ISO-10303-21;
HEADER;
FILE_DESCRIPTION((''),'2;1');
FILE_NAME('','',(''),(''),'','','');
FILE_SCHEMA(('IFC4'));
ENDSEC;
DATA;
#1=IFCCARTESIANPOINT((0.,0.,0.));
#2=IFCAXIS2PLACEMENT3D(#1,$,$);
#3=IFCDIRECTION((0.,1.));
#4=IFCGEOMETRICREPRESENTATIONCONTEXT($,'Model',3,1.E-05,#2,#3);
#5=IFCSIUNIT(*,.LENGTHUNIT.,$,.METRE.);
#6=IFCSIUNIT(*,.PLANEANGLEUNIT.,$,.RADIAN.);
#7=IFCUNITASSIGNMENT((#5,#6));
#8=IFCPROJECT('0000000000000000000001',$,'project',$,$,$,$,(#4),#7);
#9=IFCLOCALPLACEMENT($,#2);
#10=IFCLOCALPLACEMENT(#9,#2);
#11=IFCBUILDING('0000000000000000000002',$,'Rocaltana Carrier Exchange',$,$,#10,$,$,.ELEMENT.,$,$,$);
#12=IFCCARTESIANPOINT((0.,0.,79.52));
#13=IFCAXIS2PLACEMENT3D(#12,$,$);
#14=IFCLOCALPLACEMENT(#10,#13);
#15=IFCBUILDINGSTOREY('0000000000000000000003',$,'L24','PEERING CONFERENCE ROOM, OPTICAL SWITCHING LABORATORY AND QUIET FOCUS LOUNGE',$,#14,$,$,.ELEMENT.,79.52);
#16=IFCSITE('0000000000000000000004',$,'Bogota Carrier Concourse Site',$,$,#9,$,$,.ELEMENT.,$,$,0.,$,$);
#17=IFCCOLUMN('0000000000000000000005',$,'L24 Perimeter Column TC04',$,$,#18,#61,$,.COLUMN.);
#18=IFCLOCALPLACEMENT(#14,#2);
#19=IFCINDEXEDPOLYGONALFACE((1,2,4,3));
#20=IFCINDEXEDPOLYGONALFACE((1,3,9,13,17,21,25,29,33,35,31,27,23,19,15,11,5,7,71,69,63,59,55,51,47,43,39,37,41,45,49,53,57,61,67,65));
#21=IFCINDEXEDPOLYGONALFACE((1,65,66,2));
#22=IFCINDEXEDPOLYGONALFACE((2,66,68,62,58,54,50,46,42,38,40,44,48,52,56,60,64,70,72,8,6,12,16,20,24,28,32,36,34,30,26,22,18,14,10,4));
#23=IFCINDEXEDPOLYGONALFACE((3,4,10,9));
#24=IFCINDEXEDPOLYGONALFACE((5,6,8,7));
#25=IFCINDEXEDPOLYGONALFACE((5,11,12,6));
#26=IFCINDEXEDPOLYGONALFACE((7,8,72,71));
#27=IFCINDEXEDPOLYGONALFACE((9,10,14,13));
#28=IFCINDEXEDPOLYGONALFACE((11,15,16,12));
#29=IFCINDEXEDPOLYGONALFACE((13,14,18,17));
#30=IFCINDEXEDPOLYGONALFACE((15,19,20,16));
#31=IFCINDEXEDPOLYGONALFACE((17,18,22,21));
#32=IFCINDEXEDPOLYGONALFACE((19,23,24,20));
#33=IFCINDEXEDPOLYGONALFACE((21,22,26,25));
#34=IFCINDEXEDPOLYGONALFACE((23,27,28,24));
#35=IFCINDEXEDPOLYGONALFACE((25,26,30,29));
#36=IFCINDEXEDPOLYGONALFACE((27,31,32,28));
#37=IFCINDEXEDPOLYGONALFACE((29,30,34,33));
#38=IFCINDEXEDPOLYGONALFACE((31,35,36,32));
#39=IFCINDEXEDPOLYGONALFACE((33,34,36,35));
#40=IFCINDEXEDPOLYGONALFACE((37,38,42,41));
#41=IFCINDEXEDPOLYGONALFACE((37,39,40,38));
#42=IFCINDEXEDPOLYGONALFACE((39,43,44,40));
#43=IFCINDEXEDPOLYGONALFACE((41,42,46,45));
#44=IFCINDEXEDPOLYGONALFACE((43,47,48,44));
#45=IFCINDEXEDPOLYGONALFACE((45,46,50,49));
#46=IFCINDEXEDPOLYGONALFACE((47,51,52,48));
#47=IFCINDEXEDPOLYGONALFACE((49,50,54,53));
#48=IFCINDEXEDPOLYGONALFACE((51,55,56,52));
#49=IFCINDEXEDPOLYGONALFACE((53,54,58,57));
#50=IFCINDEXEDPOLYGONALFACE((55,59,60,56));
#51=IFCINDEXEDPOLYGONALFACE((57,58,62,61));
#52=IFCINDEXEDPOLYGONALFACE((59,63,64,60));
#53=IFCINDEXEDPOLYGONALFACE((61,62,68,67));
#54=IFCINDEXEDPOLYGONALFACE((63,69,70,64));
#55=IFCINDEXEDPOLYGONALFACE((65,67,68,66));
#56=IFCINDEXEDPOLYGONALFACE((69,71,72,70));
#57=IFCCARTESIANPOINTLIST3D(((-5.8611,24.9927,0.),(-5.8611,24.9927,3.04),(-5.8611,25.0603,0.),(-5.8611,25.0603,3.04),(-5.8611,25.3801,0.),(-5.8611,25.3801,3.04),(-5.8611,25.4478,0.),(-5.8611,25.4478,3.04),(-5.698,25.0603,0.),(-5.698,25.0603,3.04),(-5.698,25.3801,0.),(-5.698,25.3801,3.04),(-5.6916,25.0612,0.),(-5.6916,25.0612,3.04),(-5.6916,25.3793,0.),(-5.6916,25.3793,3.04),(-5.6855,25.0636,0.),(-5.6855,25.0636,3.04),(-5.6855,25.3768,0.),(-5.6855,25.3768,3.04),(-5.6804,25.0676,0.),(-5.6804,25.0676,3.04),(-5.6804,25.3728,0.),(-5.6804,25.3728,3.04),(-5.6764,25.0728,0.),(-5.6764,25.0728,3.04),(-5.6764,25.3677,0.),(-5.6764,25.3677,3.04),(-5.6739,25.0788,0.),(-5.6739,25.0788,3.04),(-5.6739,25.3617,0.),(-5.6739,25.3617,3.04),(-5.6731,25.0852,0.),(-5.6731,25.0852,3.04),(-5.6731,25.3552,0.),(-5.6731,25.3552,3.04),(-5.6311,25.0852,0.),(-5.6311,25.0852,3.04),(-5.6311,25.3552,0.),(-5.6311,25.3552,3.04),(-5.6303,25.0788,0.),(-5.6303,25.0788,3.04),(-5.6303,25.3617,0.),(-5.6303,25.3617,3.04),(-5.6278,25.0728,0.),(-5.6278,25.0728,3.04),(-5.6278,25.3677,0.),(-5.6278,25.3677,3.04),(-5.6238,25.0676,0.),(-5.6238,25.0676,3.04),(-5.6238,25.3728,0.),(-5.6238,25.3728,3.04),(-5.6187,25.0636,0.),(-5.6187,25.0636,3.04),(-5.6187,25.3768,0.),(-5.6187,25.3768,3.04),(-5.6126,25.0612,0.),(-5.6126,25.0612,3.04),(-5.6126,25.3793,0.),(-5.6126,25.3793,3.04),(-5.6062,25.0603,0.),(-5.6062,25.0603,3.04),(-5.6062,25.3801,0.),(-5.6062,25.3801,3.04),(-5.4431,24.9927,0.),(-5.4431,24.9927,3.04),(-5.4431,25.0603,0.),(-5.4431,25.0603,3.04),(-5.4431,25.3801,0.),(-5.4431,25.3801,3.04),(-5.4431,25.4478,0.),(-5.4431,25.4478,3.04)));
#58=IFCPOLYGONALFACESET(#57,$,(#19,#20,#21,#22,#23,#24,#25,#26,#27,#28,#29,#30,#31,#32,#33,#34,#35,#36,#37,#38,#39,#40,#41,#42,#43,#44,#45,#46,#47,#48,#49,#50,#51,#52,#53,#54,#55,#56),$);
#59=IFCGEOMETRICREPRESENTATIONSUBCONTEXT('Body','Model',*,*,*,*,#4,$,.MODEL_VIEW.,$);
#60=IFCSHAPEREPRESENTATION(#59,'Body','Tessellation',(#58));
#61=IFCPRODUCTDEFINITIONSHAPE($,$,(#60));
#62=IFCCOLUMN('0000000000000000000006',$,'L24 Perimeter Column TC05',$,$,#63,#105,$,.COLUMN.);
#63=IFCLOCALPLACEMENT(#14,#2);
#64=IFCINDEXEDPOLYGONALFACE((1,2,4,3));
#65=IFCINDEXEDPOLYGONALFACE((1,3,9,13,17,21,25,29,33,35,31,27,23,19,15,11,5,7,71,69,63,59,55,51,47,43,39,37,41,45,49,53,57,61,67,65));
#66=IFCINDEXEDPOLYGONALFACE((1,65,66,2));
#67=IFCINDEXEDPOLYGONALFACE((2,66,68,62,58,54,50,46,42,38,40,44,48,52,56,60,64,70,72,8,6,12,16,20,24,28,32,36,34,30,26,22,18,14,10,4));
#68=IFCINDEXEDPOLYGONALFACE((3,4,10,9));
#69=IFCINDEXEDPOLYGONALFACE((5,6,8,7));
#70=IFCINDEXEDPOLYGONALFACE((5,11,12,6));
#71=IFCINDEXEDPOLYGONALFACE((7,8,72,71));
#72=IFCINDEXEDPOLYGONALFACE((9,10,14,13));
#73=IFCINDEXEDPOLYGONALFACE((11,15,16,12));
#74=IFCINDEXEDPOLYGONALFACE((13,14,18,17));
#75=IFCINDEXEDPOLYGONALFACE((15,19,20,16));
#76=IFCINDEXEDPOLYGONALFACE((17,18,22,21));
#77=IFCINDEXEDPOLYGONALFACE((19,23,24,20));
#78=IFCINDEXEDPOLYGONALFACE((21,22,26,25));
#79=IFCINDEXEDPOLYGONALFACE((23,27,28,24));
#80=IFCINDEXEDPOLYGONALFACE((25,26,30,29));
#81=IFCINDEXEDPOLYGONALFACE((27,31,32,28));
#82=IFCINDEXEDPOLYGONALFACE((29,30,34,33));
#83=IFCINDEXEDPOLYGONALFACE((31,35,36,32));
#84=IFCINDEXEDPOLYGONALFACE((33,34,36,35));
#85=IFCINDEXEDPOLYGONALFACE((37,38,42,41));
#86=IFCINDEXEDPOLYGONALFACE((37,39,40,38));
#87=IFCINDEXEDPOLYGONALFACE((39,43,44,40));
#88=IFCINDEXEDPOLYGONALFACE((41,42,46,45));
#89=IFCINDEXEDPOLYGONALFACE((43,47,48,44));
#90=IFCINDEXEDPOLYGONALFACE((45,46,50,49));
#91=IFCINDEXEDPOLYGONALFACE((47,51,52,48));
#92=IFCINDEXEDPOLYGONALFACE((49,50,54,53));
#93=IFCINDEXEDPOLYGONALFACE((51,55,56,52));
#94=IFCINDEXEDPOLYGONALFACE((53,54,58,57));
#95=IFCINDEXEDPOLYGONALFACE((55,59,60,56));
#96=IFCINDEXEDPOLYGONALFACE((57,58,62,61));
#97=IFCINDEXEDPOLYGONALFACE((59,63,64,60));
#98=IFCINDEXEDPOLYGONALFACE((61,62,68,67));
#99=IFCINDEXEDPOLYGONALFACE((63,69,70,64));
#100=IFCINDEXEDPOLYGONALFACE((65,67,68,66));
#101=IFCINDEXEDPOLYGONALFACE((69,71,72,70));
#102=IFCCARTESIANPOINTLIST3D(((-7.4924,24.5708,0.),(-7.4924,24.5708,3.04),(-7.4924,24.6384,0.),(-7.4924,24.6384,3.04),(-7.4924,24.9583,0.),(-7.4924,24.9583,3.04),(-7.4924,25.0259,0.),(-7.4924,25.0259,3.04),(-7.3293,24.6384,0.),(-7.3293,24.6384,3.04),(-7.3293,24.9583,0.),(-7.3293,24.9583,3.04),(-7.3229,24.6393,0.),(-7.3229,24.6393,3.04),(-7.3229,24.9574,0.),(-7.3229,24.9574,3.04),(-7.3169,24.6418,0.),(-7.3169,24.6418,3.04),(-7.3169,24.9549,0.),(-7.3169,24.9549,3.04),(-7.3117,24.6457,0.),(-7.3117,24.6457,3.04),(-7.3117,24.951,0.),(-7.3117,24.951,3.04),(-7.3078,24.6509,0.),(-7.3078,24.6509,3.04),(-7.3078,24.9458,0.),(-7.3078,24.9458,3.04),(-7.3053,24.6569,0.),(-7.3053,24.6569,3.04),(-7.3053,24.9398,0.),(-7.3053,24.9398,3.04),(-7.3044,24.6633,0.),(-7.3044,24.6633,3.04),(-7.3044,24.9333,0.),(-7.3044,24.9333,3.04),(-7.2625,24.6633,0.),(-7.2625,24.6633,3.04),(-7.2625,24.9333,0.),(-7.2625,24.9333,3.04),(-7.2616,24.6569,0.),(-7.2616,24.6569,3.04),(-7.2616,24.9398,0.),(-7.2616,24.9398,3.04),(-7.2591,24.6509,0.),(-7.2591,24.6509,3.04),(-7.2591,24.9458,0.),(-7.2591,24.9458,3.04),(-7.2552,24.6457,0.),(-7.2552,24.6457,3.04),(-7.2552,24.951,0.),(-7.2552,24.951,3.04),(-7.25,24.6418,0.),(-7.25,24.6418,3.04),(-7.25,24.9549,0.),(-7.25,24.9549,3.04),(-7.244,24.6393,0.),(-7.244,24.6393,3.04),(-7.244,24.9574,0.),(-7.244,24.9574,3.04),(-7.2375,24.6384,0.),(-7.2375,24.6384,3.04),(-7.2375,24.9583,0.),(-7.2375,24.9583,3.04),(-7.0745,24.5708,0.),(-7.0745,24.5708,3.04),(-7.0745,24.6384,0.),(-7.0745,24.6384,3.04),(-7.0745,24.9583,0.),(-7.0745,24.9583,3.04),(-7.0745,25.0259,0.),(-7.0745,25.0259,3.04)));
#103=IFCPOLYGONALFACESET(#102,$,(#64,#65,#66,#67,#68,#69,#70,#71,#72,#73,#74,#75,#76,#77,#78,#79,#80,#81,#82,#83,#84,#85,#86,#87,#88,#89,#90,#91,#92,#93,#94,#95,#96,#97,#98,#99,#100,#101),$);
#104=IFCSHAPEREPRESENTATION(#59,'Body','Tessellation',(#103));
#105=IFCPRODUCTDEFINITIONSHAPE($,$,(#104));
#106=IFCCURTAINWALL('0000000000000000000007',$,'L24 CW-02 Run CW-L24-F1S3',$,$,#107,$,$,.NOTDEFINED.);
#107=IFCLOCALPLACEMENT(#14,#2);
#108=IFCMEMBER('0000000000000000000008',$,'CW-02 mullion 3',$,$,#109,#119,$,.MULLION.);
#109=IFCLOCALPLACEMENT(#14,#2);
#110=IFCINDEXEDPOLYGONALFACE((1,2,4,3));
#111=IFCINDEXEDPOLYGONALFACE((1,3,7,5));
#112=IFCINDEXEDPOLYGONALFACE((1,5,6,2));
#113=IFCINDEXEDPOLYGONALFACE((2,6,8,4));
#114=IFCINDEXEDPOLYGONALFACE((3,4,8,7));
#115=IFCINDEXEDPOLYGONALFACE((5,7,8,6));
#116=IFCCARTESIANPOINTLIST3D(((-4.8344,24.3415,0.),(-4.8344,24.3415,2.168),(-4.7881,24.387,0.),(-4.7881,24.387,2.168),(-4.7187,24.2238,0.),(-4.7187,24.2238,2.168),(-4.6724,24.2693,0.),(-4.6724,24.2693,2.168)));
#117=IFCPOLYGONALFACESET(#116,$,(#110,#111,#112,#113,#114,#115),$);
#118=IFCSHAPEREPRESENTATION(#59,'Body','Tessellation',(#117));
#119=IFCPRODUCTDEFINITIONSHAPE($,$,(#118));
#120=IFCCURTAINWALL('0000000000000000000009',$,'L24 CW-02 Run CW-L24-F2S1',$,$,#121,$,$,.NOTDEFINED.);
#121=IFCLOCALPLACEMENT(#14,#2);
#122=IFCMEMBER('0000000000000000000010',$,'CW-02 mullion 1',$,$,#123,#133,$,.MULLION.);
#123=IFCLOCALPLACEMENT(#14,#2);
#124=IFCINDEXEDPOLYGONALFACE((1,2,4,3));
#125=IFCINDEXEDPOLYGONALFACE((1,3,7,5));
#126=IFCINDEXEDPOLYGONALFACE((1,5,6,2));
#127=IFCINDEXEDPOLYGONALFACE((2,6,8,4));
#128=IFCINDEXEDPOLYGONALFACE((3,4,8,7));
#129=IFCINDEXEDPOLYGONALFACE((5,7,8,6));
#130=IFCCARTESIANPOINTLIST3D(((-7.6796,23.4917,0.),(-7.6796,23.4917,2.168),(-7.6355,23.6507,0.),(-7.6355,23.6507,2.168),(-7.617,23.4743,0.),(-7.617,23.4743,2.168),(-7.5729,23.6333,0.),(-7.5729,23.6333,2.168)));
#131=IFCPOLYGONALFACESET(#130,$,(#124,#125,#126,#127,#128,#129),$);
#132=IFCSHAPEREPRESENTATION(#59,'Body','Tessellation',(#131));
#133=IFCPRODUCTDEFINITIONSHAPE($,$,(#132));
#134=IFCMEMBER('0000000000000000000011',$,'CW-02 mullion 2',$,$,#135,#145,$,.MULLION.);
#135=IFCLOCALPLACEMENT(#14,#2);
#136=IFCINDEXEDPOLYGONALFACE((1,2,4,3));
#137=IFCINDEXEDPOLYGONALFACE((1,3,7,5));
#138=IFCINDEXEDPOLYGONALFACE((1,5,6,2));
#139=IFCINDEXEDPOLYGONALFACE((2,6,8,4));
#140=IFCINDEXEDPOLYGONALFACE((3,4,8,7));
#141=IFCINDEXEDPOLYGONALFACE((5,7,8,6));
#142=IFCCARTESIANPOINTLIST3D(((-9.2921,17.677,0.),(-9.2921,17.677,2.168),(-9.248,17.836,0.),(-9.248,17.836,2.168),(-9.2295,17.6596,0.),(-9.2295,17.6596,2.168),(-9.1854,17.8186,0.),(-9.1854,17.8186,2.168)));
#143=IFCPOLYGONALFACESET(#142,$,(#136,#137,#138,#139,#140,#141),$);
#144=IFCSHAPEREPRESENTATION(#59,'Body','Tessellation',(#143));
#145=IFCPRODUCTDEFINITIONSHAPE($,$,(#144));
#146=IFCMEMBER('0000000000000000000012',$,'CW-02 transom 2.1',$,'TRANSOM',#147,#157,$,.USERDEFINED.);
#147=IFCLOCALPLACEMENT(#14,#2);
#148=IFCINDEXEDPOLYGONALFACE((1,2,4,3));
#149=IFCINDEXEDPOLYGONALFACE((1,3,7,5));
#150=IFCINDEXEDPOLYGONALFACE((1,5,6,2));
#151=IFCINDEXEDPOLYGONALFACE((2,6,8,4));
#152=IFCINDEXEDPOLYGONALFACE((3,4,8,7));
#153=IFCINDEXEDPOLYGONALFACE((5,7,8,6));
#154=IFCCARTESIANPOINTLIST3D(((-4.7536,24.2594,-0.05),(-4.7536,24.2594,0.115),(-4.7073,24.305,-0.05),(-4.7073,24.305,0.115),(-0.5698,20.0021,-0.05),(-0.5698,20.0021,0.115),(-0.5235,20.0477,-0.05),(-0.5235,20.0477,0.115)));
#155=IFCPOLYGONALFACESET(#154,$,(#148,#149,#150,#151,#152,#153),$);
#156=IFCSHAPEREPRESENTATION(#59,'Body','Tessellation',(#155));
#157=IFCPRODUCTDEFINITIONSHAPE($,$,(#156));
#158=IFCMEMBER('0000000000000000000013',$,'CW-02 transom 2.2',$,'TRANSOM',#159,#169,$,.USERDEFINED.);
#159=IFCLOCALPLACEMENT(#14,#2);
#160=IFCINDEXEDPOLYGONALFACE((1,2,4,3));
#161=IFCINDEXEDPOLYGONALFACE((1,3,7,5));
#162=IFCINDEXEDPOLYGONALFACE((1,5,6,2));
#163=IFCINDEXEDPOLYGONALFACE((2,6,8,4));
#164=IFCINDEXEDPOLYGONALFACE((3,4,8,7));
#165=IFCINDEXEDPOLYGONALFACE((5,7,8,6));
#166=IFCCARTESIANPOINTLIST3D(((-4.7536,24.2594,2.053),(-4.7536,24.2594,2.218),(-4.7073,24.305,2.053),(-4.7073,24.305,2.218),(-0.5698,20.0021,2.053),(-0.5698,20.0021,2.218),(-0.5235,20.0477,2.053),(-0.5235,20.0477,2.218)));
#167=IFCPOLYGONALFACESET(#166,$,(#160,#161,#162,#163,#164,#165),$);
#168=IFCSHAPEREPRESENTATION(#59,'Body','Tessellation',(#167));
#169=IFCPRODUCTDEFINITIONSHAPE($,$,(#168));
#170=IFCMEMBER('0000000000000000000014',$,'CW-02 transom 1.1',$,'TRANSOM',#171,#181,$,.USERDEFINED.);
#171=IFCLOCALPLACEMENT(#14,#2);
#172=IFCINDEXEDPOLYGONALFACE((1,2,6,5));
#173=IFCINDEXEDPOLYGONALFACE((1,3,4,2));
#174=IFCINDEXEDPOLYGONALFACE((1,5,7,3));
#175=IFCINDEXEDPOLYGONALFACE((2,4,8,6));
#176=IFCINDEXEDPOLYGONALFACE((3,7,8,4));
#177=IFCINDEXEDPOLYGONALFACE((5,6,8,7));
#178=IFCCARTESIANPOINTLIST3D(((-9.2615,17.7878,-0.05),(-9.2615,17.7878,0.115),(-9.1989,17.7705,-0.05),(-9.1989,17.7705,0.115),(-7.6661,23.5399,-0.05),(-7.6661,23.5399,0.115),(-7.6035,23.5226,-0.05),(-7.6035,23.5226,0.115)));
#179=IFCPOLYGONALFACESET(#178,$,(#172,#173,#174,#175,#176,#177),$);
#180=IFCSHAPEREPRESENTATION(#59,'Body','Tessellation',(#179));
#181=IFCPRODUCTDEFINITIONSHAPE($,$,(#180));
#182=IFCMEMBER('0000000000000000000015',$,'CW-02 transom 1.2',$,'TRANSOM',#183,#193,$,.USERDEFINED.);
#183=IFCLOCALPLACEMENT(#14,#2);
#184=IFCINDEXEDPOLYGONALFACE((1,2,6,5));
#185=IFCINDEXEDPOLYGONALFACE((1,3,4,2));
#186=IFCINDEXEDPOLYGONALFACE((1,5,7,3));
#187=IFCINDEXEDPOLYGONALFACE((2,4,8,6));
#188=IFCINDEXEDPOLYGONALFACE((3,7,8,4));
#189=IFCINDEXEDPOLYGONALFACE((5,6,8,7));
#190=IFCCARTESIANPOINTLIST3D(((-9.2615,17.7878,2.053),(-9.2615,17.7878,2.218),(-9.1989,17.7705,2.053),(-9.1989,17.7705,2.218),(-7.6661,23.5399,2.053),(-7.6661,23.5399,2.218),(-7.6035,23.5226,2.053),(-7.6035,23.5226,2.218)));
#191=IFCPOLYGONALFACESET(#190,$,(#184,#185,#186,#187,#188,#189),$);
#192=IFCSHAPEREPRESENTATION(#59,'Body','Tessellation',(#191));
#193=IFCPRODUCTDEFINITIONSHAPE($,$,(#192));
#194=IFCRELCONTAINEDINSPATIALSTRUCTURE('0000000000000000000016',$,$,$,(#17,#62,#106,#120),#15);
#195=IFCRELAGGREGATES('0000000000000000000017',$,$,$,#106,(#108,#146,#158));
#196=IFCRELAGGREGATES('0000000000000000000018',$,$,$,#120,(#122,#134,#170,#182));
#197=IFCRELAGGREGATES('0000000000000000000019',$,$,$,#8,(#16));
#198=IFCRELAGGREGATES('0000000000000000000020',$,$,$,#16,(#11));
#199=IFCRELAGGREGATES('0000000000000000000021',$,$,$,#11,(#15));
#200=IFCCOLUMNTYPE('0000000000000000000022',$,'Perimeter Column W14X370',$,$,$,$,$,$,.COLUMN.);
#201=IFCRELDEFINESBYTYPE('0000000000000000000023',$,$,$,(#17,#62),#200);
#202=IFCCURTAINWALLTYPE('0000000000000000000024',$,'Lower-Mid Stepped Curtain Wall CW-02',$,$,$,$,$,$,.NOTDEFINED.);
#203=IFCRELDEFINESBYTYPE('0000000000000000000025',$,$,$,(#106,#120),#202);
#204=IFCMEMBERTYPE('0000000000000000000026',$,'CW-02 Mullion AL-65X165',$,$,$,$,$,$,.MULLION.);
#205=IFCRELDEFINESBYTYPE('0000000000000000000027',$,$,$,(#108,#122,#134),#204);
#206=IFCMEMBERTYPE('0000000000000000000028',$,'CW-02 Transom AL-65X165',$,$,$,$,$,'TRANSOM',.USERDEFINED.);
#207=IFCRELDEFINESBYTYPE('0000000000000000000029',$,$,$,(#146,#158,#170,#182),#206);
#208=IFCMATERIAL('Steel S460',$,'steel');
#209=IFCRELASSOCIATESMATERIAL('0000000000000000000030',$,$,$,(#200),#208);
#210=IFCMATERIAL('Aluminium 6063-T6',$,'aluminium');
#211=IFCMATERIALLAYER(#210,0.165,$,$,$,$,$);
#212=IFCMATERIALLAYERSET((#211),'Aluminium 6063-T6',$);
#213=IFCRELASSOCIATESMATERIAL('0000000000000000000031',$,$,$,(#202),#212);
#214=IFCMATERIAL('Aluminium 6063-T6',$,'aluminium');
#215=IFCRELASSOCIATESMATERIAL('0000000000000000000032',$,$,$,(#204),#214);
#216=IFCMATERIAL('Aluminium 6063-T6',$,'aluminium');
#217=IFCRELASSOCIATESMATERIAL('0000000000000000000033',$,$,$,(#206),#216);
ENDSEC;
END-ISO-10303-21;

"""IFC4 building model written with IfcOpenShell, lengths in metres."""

from ifc_helpers import new_model, si_unit, direction, frame, origin, origin_2d, place, context, subcontext, project, spatial, rectangle, i_section, extrude, material, layer, layer_set, material_profile, profile_set, type_object, element, aggregate, save


model = new_model("IFC4")

# Units and contexts
model_context = context("Model", 3, precision=1e-05, world=origin(), true_north=direction((0.0, 1.0)))
body_context = subcontext(model_context, "Body", "Model", "MODEL_VIEW")
ifc_project = project(units=[si_unit("LENGTHUNIT", "METRE"), si_unit("PLANEANGLEUNIT", "RADIAN")], contexts=[model_context])

# Site, building, storey
site_placement = place(None, origin())
site = spatial("IfcSite", under=ifc_project, at=site_placement, Name="Bogota Carrier Concourse Site", CompositionType="ELEMENT", RefElevation=0.0)
building_placement = place(site_placement, origin())
building = spatial("IfcBuilding", under=site, at=building_placement, Name="Rocaltana Carrier Exchange", CompositionType="ELEMENT")
storey_placement = place(building_placement, frame((0.0, 0.0, 79.52)))
storey = spatial("IfcBuildingStorey", under=building, at=storey_placement, Name="L24", Description="PEERING CONFERENCE ROOM, OPTICAL SWITCHING LABORATORY AND QUIET FOCUS LOUNGE", CompositionType="ELEMENT", Elevation=79.52)

# Columns
ifc_material_1 = material(Name="Steel S460", Category="steel")
ifc_material_profile_1 = material_profile(ifc_material_1, i_section(OverallWidth=0.418, OverallDepth=0.4551, WebThickness=0.042, FlangeThickness=0.0676, FilletRadius=0.0249, at=origin_2d()), Name="W14X370")
ifc_profile_set_1 = profile_set([ifc_material_profile_1], Name="Steel S460")
column_type = type_object("IfcColumnType", Name="Perimeter Column W14X370", PredefinedType="COLUMN", material=ifc_profile_set_1)
for number, where, z_axis, x_axis, name in (
    (1, (-5.6521, 25.2202, 0.0), (0.0, 0.0, 1.0), (1.0, 0.0, 0.0), "L24 Perimeter Column TC04"),
    (2, (-7.2834, 24.7983, 0.0), (0.0, 0.0, 1.0), (1.0, 0.0, 0.0), "L24 Perimeter Column TC05"),
):
    element("IfcColumn", number, at=place(storey_placement, frame(where, z_axis=z_axis, x_axis=x_axis)), inside=storey, type_object=column_type, Name=name, PredefinedType="COLUMN", context=body_context, shape_type="SweptSolid", body=[
        extrude(i_section(OverallWidth=0.418, OverallDepth=0.4551, WebThickness=0.042, FlangeThickness=0.0676, FilletRadius=0.0249, at=origin_2d()), origin(), (0.0, 0.0, 1.0), 3.04),
    ])

# Curtain wall, member
ifc_material_2 = material(Name="Aluminium 6063-T6", Category="aluminium")
ifc_layer_1 = layer(ifc_material_2, 0.165)
ifc_layer_set_1 = layer_set([ifc_layer_1], Name="Aluminium 6063-T6")
curtain_wall_type = type_object("IfcCurtainWallType", Name="Lower-Mid Stepped Curtain Wall CW-02", PredefinedType="NOTDEFINED", material=ifc_layer_set_1)
curtain_wall_1_placement = place(storey_placement, origin())
curtain_wall_1 = element("IfcCurtainWall", 3, at=curtain_wall_1_placement, inside=storey, type_object=curtain_wall_type, Name="L24 CW-02 Run CW-L24-F1S3", PredefinedType="NOTDEFINED")
ifc_material_3 = material(Name="Aluminium 6063-T6", Category="aluminium")
ifc_material_profile_2 = material_profile(ifc_material_3, rectangle(XDim=0.0649, YDim=0.165, at=origin_2d()), Name="AL-65X165")
ifc_profile_set_2 = profile_set([ifc_material_profile_2], Name="Aluminium 6063-T6")
member_type_1 = type_object("IfcMemberType", Name="CW-02 Mullion AL-65X165", PredefinedType="MULLION", material=ifc_profile_set_2)
member_1_placement = place(storey_placement, frame((-4.7534, 24.3054, 0.0), z_axis=(0.0, 0.0, 1.0), x_axis=(-0.713245, -0.700915, 0.0)))
member_1 = element("IfcMember", 4, at=member_1_placement, type_object=member_type_1, Name="CW-02 mullion 3", PredefinedType="MULLION", context=body_context, shape_type="SweptSolid", body=[
    extrude(rectangle(XDim=0.0649, YDim=0.165, at=origin_2d()), origin(), (0.0, 0.0, 1.0), 2.168),
])

# Curtain wall, members
curtain_wall_2_placement = place(storey_placement, origin())
curtain_wall_2 = element("IfcCurtainWall", 5, at=curtain_wall_2_placement, inside=storey, type_object=curtain_wall_type, Name="L24 CW-02 Run CW-L24-F2S1", PredefinedType="NOTDEFINED")
member_2_placement = place(storey_placement, frame((-7.6262, 23.5625, 0.0), z_axis=(0.0, 0.0, 1.0), x_axis=(0.963628, -0.267246, 0.0)))
member_2 = element("IfcMember", 6, at=member_2_placement, type_object=member_type_1, Name="CW-02 mullion 1", PredefinedType="MULLION", context=body_context, shape_type="SweptSolid", body=[
    extrude(rectangle(XDim=0.0649, YDim=0.165, at=origin_2d()), origin(), (0.0, 0.0, 1.0), 2.168),
])
member_3_placement = place(storey_placement, frame((-9.2388, 17.7478, 0.0), z_axis=(0.0, 0.0, 1.0), x_axis=(0.963628, -0.267246, 0.0)))
member_3 = element("IfcMember", 7, at=member_3_placement, type_object=member_type_1, Name="CW-02 mullion 2", PredefinedType="MULLION", context=body_context, shape_type="SweptSolid", body=[
    extrude(rectangle(XDim=0.0649, YDim=0.165, at=origin_2d()), origin(), (0.0, 0.0, 1.0), 2.168),
])

# Members
ifc_material_4 = material(Name="Aluminium 6063-T6", Category="aluminium")
ifc_material_profile_3 = material_profile(ifc_material_4, rectangle(XDim=0.0649, YDim=0.165, at=origin_2d()), Name="AL-65X165")
ifc_profile_set_3 = profile_set([ifc_material_profile_3], Name="Aluminium 6063-T6")
member_type_2 = type_object("IfcMemberType", Name="CW-02 Transom AL-65X165", ElementType="TRANSOM", PredefinedType="USERDEFINED", material=ifc_profile_set_3)
member_4_placement = place(storey_placement, frame((-0.5466, 20.0249, 0.0325), z_axis=(-0.700924, 0.713236, 0.0), x_axis=(-0.713236, -0.700924, 0.0)))
member_4 = element("IfcMember", 8, at=member_4_placement, type_object=member_type_2, Name="CW-02 transom 2.1", ObjectType="TRANSOM", PredefinedType="USERDEFINED", context=body_context, shape_type="SweptSolid", body=[
    extrude(rectangle(XDim=0.0649, YDim=0.165, at=origin_2d()), origin(), (0.0, 0.0, 1.0), 5.969),
])
member_5_placement = place(storey_placement, frame((-0.5466, 20.0249, 2.1355), z_axis=(-0.700924, 0.713236, 0.0), x_axis=(-0.713236, -0.700924, 0.0)))
member_5 = element("IfcMember", 9, at=member_5_placement, type_object=member_type_2, Name="CW-02 transom 2.2", ObjectType="TRANSOM", PredefinedType="USERDEFINED", context=body_context, shape_type="SweptSolid", body=[
    extrude(rectangle(XDim=0.0649, YDim=0.165, at=origin_2d()), origin(), (0.0, 0.0, 1.0), 5.969),
])
member_6_placement = place(storey_placement, frame((-7.6348, 23.5312, 0.0325), z_axis=(-0.267275, -0.96362, 0.0), x_axis=(0.96362, -0.267275, 0.0)))
member_6 = element("IfcMember", 10, at=member_6_placement, type_object=member_type_2, Name="CW-02 transom 1.1", ObjectType="TRANSOM", PredefinedType="USERDEFINED", context=body_context, shape_type="SweptSolid", body=[
    extrude(rectangle(XDim=0.0649, YDim=0.165, at=origin_2d()), origin(), (0.0, 0.0, 1.0), 5.9692),
])
member_7_placement = place(storey_placement, frame((-7.6348, 23.5312, 2.1355), z_axis=(-0.267275, -0.96362, 0.0), x_axis=(0.96362, -0.267275, 0.0)))
member_7 = element("IfcMember", 11, at=member_7_placement, type_object=member_type_2, Name="CW-02 transom 1.2", ObjectType="TRANSOM", PredefinedType="USERDEFINED", context=body_context, shape_type="SweptSolid", body=[
    extrude(rectangle(XDim=0.0649, YDim=0.165, at=origin_2d()), origin(), (0.0, 0.0, 1.0), 5.9692),
])

aggregate(curtain_wall_1, [member_1, member_4, member_5])
aggregate(curtain_wall_2, [member_2, member_3, member_6, member_7])

save(model, "model.ifc")
